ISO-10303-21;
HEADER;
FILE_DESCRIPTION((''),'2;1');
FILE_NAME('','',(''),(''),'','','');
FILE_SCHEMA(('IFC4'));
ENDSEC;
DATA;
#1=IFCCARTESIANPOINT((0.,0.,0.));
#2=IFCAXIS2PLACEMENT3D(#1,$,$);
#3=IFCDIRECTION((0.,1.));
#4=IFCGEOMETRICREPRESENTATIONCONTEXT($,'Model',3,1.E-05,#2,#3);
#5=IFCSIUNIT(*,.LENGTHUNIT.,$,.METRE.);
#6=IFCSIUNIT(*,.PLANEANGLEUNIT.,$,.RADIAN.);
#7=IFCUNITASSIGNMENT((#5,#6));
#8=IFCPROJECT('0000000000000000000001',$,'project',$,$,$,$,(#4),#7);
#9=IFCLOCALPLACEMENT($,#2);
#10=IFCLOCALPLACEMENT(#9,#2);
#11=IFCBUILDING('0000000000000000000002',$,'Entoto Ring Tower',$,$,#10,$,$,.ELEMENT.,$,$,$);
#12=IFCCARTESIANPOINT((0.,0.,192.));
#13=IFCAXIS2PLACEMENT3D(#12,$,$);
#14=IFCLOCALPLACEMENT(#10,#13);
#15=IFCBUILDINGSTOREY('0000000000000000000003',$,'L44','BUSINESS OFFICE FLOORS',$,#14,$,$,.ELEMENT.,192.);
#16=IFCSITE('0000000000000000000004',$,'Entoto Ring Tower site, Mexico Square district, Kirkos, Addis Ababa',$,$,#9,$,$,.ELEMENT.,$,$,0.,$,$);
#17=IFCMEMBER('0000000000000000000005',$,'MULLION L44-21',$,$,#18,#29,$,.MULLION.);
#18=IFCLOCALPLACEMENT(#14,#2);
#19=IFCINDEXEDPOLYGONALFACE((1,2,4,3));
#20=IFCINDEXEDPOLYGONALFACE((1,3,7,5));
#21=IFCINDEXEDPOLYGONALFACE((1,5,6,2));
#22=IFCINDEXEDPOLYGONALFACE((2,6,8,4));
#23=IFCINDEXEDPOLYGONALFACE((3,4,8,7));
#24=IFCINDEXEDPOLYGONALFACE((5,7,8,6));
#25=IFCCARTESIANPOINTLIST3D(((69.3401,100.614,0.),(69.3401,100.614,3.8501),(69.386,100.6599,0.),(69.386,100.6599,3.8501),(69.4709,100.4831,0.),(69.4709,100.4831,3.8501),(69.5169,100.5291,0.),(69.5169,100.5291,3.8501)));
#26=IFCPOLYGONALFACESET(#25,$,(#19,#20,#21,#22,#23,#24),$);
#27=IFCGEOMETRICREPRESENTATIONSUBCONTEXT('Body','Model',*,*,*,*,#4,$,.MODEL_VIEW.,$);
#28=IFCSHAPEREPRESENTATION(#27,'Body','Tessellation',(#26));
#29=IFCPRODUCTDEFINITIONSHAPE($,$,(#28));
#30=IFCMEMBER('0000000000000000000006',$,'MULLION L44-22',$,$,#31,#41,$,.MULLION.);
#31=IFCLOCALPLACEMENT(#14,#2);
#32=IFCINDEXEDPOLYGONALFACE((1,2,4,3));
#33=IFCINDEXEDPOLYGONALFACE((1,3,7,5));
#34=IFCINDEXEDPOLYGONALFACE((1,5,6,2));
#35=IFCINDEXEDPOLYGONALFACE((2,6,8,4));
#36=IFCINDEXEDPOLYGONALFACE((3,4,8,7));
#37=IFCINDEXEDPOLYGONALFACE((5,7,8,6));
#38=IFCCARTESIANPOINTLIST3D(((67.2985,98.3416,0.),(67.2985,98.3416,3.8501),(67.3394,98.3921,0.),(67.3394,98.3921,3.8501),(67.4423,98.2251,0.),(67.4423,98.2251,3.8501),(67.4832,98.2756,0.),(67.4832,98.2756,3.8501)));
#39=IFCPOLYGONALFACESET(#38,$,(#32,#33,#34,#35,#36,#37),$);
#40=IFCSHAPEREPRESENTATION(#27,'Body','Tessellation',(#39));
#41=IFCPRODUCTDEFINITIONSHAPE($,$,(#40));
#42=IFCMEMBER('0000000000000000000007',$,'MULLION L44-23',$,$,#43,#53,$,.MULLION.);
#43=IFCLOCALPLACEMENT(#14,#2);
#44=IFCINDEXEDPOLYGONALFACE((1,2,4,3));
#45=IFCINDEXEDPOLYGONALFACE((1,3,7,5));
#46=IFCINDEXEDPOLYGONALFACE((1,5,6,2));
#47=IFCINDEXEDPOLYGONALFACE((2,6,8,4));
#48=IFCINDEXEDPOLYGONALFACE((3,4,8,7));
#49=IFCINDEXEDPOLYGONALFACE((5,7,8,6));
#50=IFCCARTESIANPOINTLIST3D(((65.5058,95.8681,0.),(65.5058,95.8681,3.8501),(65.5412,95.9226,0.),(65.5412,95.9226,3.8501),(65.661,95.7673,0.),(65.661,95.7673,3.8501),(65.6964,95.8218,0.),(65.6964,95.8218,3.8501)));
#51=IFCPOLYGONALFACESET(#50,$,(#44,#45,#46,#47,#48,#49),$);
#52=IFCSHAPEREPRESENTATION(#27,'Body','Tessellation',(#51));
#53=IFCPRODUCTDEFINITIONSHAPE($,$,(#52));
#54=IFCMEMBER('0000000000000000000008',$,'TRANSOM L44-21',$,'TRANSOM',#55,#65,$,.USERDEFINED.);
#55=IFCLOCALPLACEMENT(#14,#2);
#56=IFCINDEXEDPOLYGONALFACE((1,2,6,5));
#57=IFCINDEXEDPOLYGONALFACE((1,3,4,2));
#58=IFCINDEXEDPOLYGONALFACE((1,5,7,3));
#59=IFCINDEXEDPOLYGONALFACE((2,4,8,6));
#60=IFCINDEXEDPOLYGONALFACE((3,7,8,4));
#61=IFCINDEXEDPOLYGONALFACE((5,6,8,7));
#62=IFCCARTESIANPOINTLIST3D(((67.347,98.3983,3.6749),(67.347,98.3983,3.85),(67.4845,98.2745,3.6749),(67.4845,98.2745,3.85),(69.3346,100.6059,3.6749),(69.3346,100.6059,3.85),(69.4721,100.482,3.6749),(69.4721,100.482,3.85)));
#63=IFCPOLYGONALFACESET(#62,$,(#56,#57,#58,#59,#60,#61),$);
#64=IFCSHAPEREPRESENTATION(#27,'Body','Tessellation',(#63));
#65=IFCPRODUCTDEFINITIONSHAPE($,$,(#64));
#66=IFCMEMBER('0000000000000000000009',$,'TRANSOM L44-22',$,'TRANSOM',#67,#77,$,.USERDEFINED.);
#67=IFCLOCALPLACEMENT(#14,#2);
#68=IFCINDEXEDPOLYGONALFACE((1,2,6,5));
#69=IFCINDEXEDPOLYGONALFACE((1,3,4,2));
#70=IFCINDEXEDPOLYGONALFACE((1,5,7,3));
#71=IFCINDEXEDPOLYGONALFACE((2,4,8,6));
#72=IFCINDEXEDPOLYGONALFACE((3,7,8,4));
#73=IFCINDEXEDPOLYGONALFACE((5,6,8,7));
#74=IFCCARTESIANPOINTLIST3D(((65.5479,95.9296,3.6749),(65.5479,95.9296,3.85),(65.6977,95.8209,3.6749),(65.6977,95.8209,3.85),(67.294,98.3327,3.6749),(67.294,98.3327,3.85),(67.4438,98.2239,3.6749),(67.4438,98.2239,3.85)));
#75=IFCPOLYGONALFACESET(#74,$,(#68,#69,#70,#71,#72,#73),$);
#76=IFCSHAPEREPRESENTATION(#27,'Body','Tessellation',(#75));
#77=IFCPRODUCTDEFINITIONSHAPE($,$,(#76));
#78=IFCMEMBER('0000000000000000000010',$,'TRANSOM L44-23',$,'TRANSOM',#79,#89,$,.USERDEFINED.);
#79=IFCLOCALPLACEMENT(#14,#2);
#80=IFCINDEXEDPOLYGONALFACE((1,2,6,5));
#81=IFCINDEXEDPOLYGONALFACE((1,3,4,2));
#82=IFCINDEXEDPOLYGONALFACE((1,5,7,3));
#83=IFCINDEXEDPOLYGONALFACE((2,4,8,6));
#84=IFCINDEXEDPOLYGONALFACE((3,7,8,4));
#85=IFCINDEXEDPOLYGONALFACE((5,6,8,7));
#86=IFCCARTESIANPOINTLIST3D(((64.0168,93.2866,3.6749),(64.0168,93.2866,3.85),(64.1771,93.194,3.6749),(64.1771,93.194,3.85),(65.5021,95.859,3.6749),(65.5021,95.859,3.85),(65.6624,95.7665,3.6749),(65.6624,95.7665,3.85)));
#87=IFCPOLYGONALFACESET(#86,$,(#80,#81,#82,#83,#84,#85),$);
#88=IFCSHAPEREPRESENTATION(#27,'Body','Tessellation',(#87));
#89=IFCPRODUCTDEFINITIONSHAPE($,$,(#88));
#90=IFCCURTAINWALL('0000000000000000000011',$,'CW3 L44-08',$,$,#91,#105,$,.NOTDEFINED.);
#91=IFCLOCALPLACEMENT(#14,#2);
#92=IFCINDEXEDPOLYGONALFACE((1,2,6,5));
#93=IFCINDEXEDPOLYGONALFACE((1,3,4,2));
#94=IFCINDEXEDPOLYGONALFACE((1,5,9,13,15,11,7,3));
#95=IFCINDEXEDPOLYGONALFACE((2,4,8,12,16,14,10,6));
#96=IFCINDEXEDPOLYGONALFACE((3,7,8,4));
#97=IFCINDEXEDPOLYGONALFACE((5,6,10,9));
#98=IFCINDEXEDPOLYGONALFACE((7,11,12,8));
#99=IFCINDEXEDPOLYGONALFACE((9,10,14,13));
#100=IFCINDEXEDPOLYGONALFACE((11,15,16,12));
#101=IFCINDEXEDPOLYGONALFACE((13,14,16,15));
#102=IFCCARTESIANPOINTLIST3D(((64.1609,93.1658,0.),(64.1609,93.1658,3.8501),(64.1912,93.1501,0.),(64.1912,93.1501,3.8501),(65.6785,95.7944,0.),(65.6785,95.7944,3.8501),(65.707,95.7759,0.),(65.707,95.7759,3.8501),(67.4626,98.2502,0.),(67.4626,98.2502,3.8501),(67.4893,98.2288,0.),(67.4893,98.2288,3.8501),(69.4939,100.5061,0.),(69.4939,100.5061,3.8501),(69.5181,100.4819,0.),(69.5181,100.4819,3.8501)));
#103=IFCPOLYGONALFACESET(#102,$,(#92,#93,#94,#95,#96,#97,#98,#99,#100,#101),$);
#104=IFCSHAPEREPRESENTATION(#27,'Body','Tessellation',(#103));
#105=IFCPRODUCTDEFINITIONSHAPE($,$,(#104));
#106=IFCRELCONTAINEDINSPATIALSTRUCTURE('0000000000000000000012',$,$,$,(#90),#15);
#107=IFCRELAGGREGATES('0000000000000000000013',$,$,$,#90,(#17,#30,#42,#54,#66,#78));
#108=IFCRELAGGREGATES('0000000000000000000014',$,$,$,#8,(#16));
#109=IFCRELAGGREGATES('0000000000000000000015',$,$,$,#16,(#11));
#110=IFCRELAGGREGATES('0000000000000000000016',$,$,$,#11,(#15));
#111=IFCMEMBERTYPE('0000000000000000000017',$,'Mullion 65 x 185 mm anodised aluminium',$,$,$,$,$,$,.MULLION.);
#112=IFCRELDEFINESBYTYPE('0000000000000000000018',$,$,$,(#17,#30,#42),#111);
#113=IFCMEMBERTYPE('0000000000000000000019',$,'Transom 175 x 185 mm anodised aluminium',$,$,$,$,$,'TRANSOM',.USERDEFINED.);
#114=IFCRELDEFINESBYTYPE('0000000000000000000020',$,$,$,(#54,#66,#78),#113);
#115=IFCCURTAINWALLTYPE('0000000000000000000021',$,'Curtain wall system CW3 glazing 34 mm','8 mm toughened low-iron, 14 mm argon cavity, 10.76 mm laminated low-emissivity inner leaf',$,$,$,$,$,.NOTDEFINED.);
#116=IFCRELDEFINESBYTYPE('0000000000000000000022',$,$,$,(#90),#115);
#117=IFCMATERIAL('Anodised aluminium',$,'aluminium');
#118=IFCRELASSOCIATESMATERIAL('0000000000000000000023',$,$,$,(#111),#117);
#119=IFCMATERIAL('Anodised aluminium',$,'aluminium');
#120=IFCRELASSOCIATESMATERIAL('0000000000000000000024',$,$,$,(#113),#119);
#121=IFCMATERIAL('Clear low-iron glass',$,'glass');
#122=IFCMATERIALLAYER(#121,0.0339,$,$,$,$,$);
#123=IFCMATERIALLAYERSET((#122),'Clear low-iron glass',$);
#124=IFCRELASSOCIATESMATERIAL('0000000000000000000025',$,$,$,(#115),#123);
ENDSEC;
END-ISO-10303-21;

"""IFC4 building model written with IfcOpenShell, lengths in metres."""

from ifc_helpers import new_model, si_unit, direction, frame, origin, origin_2d, place, context, subcontext, project, spatial, polyline, rectangle, outline, extrude, material, layer, layer_set, material_profile, profile_set, type_object, element, aggregate, save


model = new_model("IFC4")

# Units and contexts
model_context = context("Model", 3, precision=1e-05, world=origin(), true_north=direction((0.0, 1.0)))
body_context = subcontext(model_context, "Body", "Model", "MODEL_VIEW")
ifc_project = project(units=[si_unit("LENGTHUNIT", "METRE"), si_unit("PLANEANGLEUNIT", "RADIAN")], contexts=[model_context])

# Members
ifc_material_1 = material(Name="Anodised aluminium", Category="aluminium")
ifc_material_profile_1 = material_profile(ifc_material_1, rectangle(XDim=0.0649, YDim=0.1851, at=origin_2d()), Name="Mullion 65 x 185 mm anodised aluminium")
ifc_profile_set_1 = profile_set([ifc_material_profile_1], Name="Anodised aluminium")
member_type_1 = type_object("IfcMemberType", Name="Mullion 65 x 185 mm anodised aluminium", PredefinedType="MULLION", material=ifc_profile_set_1)
site_placement = place(None, origin())
building_placement = place(site_placement, origin())
storey_placement = place(building_placement, frame((0.0, 0.0, 192.0)))
member_1_placement = place(storey_placement, frame((69.4285, 100.5715, 0.0), z_axis=(0.0, 0.0, 1.0), x_axis=(-0.707107, -0.707107, 0.0)))
member_1 = element("IfcMember", 1, at=member_1_placement, type_object=member_type_1, Name="MULLION L44-21", PredefinedType="MULLION", context=body_context, shape_type="SweptSolid", body=[
    extrude(rectangle(XDim=0.0649, YDim=0.1851, at=origin_2d()), origin(), (0.0, 0.0, 1.0), 3.8501),
])
member_2_placement = place(storey_placement, frame((67.3909, 98.3086, 0.0), z_axis=(0.0, 0.0, 1.0), x_axis=(-0.62932, -0.777146, 0.0)))
member_2 = element("IfcMember", 2, at=member_2_placement, type_object=member_type_1, Name="MULLION L44-22", PredefinedType="MULLION", context=body_context, shape_type="SweptSolid", body=[
    extrude(rectangle(XDim=0.0649, YDim=0.1851, at=origin_2d()), origin(), (0.0, 0.0, 1.0), 3.8501),
])
member_3_placement = place(storey_placement, frame((65.6011, 95.845, 0.0), z_axis=(0.0, 0.0, 1.0), x_axis=(-0.544639, -0.838671, 0.0)))
member_3 = element("IfcMember", 3, at=member_3_placement, type_object=member_type_1, Name="MULLION L44-23", PredefinedType="MULLION", context=body_context, shape_type="SweptSolid", body=[
    extrude(rectangle(XDim=0.0649, YDim=0.1851, at=origin_2d()), origin(), (0.0, 0.0, 1.0), 3.8501),
])
ifc_material_2 = material(Name="Anodised aluminium", Category="aluminium")
ifc_material_profile_2 = material_profile(ifc_material_2, rectangle(XDim=0.1851, YDim=0.175, at=origin_2d()), Name="Transom 175 x 185 mm anodised aluminium")
ifc_profile_set_2 = profile_set([ifc_material_profile_2], Name="Anodised aluminium")
member_type_2 = type_object("IfcMemberType", Name="Transom 175 x 185 mm anodised aluminium", ElementType="TRANSOM", PredefinedType="USERDEFINED", material=ifc_profile_set_2)
member_4_placement = place(storey_placement, frame((69.4033, 100.5439, 3.7625), z_axis=(-0.66911, -0.743163, 0.0), x_axis=(0.743163, -0.66911, 0.0)))
member_4 = element("IfcMember", 4, at=member_4_placement, type_object=member_type_2, Name="TRANSOM L44-21", ObjectType="TRANSOM", PredefinedType="USERDEFINED", context=body_context, shape_type="SweptSolid", body=[
    extrude(rectangle(XDim=0.1851, YDim=0.175, at=origin_2d()), origin(), (0.0, 0.0, 1.0), 2.9705),
])
member_5_placement = place(storey_placement, frame((67.3689, 98.2783, 3.7625), z_axis=(-0.58782, -0.808992, 0.0), x_axis=(0.808992, -0.58782, 0.0)))
member_5 = element("IfcMember", 5, at=member_5_placement, type_object=member_type_2, Name="TRANSOM L44-22", ObjectType="TRANSOM", PredefinedType="USERDEFINED", context=body_context, shape_type="SweptSolid", body=[
    extrude(rectangle(XDim=0.1851, YDim=0.175, at=origin_2d()), origin(), (0.0, 0.0, 1.0), 2.9705),
])
member_6_placement = place(storey_placement, frame((65.5823, 95.8127, 3.7625), z_axis=(-0.500028, -0.866009, 0.0), x_axis=(0.866009, -0.500028, 0.0)))
member_6 = element("IfcMember", 6, at=member_6_placement, type_object=member_type_2, Name="TRANSOM L44-23", ObjectType="TRANSOM", PredefinedType="USERDEFINED", context=body_context, shape_type="SweptSolid", body=[
    extrude(rectangle(XDim=0.1851, YDim=0.175, at=origin_2d()), origin(), (0.0, 0.0, 1.0), 2.9705),
])

# Site, building, storey
site = spatial("IfcSite", under=ifc_project, at=site_placement, Name="Entoto Ring Tower site, Mexico Square district, Kirkos, Addis Ababa", CompositionType="ELEMENT", RefElevation=0.0)
building = spatial("IfcBuilding", under=site, at=building_placement, Name="Entoto Ring Tower", CompositionType="ELEMENT")
storey = spatial("IfcBuildingStorey", under=building, at=storey_placement, Name="L44", Description="BUSINESS OFFICE FLOORS", CompositionType="ELEMENT", Elevation=192.0)

# Curtain wall
ifc_material_3 = material(Name="Clear low-iron glass", Category="glass")
ifc_layer = layer(ifc_material_3, 0.0339)
ifc_layer_set = layer_set([ifc_layer], Name="Clear low-iron glass")
curtain_wall_type = type_object("IfcCurtainWallType", Name="Curtain wall system CW3 glazing 34 mm", Description="8 mm toughened low-iron, 14 mm argon cavity, 10.76 mm laminated low-emissivity inner leaf", PredefinedType="NOTDEFINED", material=ifc_layer_set)
curtain_wall_1_placement = place(storey_placement, origin())
curtain_wall_1 = element("IfcCurtainWall", 7, at=curtain_wall_1_placement, inside=storey, type_object=curtain_wall_type, Name="CW3 L44-08", PredefinedType="NOTDEFINED", context=body_context, shape_type="SweptSolid", body=[
    extrude(outline(polyline([(69.4939, 100.5061), (67.4626, 98.2502), (65.6785, 95.7944), (64.1609, 93.1658), (64.1912, 93.1501), (65.707, 95.7759), (67.4893, 98.2288), (69.5181, 100.4819), (69.4939, 100.5061)])), origin(), (0.0, 0.0, 1.0), 3.8501),
])
aggregate(curtain_wall_1, [member_1, member_2, member_3, member_4, member_5, member_6])

save(model, "model.ifc")
